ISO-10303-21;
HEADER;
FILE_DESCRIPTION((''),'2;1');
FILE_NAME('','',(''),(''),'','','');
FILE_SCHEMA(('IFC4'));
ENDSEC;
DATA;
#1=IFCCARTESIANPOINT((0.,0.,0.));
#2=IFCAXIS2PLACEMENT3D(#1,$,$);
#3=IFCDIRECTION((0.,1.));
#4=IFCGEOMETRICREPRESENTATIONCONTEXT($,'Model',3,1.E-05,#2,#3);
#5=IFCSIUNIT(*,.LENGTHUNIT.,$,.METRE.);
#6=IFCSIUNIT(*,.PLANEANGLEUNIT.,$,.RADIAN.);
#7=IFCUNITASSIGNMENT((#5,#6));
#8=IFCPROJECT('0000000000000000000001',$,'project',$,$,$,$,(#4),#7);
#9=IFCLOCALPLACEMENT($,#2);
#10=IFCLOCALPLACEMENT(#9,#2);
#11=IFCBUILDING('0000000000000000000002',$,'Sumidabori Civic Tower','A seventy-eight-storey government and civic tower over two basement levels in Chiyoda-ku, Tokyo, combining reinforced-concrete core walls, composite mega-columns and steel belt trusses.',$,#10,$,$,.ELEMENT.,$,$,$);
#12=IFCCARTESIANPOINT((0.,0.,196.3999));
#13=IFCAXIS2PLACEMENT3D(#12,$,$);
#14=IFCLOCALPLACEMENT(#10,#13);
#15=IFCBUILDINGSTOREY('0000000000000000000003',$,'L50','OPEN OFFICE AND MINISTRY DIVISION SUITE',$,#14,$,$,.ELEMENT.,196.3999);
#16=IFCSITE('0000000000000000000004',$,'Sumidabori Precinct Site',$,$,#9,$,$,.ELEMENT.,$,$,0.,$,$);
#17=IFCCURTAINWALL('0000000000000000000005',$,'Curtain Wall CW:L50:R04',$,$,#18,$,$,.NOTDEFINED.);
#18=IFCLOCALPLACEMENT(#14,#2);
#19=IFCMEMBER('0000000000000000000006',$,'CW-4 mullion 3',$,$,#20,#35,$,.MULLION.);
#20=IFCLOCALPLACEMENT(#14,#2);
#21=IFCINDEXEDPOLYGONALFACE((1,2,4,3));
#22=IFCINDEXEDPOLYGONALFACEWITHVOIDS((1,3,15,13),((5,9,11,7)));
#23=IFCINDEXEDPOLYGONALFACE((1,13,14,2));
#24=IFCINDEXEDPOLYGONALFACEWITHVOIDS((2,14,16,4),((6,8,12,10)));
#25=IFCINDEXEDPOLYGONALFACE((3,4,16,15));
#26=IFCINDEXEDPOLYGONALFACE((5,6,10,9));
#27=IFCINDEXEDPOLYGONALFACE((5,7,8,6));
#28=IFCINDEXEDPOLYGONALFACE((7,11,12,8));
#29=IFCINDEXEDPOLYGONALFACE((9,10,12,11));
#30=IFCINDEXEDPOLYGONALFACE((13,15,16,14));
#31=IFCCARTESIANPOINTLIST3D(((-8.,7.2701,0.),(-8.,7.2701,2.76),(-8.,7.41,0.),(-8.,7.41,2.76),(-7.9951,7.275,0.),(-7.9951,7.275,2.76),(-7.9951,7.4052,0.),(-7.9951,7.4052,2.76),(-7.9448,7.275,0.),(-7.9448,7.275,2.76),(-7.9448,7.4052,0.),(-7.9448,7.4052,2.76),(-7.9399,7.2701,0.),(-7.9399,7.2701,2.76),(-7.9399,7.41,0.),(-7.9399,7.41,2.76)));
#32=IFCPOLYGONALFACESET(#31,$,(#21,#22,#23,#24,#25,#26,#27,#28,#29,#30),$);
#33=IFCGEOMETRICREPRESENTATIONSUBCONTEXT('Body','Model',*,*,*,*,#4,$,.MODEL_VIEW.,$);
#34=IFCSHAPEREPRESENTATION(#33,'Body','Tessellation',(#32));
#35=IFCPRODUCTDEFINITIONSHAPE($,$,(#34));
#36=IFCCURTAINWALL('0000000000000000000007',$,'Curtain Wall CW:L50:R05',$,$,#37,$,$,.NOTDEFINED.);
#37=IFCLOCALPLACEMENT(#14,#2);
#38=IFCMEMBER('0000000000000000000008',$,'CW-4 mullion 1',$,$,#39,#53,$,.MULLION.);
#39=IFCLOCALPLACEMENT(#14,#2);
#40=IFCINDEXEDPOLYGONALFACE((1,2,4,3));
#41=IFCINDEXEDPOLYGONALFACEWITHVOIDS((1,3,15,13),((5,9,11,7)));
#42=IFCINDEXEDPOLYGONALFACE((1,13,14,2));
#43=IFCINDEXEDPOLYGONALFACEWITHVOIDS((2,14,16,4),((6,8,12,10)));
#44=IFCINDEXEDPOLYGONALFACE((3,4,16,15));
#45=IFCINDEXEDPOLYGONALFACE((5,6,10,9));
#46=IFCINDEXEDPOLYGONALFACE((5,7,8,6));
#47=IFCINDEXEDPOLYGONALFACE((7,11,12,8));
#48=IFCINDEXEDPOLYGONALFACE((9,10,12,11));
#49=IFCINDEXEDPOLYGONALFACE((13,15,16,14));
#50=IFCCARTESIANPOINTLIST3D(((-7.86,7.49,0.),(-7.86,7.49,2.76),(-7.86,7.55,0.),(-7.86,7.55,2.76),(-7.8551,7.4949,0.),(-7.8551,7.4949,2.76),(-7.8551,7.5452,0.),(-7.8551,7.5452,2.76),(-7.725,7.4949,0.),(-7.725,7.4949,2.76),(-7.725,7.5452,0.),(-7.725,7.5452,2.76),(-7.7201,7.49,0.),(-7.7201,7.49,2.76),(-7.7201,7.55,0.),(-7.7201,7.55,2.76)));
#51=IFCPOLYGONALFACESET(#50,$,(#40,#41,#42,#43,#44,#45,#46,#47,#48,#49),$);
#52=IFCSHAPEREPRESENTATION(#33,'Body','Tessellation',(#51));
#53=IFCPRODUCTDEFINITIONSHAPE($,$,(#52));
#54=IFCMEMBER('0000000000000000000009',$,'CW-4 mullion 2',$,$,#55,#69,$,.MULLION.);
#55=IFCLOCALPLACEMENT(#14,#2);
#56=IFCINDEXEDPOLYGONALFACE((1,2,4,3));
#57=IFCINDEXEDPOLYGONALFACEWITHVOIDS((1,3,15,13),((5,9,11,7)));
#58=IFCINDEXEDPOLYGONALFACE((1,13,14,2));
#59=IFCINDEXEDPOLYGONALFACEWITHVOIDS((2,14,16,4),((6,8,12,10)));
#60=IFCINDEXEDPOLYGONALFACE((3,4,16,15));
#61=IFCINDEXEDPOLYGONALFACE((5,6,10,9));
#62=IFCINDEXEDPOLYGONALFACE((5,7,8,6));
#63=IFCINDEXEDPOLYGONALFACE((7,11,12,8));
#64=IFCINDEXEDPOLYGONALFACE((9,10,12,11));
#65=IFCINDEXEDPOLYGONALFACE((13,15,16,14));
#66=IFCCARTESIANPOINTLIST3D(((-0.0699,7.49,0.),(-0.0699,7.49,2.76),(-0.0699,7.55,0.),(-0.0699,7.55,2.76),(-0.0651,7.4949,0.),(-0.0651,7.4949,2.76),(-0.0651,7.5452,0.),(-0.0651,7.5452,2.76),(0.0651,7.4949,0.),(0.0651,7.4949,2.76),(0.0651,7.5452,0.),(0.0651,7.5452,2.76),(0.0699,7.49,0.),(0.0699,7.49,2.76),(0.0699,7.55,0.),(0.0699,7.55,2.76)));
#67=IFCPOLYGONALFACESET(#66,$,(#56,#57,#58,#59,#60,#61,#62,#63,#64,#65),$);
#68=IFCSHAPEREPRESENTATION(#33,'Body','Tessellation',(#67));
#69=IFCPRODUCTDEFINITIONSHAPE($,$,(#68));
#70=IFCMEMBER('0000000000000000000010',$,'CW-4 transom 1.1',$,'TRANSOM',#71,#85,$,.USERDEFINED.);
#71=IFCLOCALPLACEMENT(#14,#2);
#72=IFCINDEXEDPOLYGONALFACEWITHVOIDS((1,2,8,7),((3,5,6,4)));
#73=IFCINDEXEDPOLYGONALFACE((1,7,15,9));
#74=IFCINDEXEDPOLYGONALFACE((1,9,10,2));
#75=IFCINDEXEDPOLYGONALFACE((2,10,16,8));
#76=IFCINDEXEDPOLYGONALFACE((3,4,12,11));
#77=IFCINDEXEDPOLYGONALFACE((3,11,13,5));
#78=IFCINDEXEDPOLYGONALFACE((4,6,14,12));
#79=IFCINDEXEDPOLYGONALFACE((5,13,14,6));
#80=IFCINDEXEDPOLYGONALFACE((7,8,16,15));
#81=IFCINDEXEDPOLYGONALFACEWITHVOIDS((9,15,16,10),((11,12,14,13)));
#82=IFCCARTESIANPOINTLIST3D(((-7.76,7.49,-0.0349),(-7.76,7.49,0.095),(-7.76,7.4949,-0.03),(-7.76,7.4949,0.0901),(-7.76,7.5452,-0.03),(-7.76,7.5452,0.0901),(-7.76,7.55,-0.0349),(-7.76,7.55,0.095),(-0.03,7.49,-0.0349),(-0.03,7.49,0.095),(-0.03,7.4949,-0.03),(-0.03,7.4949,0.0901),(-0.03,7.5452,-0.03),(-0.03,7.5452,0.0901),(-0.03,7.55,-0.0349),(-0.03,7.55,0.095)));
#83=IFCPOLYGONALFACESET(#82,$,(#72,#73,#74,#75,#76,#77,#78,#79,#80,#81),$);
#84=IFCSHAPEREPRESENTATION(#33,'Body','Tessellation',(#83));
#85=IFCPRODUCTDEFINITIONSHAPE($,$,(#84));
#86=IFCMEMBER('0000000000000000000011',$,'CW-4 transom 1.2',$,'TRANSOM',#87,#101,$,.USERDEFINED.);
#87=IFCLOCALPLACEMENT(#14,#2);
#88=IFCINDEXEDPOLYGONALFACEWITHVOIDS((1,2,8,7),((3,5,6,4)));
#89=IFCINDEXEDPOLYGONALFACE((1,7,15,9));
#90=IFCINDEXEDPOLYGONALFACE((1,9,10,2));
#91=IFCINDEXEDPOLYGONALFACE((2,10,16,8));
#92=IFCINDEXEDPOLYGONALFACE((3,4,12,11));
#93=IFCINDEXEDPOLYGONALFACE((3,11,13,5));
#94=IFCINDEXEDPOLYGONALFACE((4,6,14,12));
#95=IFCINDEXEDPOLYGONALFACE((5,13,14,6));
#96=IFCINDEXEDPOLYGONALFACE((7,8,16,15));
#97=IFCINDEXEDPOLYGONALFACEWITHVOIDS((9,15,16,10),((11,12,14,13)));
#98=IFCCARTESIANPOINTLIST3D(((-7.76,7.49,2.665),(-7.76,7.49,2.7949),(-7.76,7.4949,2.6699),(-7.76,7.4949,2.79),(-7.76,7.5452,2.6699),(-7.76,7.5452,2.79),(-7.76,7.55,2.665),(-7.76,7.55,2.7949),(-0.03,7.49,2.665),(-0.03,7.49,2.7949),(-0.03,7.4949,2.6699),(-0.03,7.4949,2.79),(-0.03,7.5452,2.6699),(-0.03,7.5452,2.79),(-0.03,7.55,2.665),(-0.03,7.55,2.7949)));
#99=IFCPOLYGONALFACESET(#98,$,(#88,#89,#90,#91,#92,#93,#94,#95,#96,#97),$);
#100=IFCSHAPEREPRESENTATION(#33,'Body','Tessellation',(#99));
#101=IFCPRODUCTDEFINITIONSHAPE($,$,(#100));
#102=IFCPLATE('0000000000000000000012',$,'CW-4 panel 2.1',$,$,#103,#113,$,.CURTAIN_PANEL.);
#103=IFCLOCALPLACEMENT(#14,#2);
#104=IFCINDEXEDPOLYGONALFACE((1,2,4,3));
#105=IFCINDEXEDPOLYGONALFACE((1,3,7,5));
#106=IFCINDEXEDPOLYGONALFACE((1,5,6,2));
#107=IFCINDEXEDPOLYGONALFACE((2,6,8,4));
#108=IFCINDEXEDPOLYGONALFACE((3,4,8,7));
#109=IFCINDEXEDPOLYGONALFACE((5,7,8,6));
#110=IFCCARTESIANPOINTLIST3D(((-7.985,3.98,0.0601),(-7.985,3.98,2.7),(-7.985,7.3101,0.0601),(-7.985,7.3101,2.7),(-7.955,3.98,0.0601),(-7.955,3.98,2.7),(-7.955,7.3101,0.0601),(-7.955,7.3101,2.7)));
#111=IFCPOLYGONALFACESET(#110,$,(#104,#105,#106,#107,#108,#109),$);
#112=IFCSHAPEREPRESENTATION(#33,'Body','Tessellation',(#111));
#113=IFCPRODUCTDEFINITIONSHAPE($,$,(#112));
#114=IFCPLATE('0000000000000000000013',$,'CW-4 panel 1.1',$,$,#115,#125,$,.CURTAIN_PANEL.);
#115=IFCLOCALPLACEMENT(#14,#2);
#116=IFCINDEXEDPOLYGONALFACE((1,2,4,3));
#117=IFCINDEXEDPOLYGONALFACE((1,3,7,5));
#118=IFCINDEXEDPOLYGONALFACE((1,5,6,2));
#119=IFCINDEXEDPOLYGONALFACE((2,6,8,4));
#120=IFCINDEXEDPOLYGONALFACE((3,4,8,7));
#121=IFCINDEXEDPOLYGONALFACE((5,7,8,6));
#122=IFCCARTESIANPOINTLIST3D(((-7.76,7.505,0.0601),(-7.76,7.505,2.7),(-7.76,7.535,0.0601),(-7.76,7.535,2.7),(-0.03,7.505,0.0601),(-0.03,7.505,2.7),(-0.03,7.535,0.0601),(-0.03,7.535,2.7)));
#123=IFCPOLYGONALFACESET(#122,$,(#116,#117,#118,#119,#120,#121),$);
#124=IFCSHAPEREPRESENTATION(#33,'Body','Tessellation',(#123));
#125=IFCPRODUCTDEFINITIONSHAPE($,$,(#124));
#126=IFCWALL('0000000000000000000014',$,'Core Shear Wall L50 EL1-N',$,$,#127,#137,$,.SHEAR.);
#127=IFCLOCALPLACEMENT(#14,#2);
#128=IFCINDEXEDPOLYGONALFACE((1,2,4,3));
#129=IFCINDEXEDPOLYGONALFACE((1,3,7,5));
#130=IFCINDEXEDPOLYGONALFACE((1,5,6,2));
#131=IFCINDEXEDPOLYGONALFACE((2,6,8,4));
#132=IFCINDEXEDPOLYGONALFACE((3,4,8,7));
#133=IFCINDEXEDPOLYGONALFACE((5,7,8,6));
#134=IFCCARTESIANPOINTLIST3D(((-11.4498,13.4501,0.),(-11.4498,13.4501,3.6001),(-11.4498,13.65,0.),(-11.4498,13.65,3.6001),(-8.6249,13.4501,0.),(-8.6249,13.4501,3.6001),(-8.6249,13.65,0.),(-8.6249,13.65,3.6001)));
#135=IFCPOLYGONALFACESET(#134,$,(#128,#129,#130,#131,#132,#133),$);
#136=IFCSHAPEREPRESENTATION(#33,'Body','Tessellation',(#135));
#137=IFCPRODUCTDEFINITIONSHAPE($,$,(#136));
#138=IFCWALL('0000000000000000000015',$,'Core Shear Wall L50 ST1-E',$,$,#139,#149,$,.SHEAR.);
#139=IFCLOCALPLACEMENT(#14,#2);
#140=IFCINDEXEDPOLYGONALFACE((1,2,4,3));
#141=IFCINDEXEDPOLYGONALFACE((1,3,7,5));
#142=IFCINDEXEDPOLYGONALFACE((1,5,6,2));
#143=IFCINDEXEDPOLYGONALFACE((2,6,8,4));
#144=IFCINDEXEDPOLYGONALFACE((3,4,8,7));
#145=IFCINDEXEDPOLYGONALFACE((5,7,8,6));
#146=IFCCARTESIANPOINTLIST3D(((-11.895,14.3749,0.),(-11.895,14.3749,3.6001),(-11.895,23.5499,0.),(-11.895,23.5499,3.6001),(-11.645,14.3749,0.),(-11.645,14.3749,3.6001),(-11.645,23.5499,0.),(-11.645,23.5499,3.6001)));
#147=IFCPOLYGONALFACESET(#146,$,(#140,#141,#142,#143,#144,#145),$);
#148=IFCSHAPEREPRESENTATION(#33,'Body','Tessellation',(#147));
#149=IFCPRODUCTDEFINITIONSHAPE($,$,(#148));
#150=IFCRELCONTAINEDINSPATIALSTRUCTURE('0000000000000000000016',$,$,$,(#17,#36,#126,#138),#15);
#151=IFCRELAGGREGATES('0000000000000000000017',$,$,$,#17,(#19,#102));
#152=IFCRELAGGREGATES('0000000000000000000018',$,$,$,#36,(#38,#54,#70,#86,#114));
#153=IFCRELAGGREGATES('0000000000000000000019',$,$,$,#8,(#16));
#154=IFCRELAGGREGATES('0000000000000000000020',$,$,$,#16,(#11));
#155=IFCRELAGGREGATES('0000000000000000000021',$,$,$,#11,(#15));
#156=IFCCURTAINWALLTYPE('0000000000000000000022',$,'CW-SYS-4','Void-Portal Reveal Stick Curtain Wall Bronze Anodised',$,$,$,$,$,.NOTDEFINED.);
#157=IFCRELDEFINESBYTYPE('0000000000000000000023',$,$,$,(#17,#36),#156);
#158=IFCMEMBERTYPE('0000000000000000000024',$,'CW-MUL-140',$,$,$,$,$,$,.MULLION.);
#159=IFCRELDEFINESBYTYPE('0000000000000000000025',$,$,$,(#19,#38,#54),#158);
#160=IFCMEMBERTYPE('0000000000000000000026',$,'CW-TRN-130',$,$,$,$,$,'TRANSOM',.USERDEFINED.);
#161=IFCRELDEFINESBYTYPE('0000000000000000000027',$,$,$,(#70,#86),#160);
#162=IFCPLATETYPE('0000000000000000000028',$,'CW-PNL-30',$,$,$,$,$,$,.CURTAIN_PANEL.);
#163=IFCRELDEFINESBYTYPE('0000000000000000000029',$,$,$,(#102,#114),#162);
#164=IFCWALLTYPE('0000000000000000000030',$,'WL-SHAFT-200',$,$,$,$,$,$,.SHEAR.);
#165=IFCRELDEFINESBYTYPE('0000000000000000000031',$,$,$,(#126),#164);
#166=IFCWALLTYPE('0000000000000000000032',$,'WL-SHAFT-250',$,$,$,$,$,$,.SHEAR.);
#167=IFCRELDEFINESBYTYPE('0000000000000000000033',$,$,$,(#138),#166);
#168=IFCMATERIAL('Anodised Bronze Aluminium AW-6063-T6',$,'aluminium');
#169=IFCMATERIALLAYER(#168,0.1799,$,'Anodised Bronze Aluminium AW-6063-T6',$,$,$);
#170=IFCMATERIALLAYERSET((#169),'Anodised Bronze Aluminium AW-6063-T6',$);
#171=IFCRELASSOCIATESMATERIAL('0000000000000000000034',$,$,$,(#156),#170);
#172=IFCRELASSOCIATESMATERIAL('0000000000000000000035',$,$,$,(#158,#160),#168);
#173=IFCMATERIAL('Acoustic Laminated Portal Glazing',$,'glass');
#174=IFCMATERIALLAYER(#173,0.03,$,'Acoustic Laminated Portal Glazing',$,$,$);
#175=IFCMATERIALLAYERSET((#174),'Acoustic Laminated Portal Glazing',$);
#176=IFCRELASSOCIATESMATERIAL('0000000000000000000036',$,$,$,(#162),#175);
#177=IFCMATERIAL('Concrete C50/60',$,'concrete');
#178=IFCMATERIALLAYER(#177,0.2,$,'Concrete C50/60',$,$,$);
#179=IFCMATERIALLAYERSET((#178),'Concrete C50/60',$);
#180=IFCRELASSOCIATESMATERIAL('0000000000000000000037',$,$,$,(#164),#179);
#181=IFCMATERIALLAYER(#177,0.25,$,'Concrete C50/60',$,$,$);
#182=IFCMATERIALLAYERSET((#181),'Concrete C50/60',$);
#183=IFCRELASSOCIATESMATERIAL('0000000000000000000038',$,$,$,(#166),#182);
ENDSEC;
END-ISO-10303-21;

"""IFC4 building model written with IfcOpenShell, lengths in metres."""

from ifc_helpers import new_model, si_unit, direction, frame, frame_2d, origin, origin_2d, place, context, subcontext, project, spatial, rectangle, hollow_rectangle, extrude, source, transform, mapped, material, layer, layer_set, material_profile, profile_set, type_object, element, aggregate, save


model = new_model("IFC4")

# Units and contexts
model_context = context("Model", 3, precision=1e-05, world=origin(), true_north=direction((0.0, 1.0)))
body_context = subcontext(model_context, "Body", "Model", "MODEL_VIEW")
ifc_project = project(units=[si_unit("LENGTHUNIT", "METRE"), si_unit("PLANEANGLEUNIT", "RADIAN")], contexts=[model_context])

# Site, building, storey
site_placement = place(None, origin())
site = spatial("IfcSite", under=ifc_project, at=site_placement, Name="Sumidabori Precinct Site", CompositionType="ELEMENT", RefElevation=0.0)
building_placement = place(site_placement, origin())
building = spatial("IfcBuilding", under=site, at=building_placement, Name="Sumidabori Civic Tower", Description="A seventy-eight-storey government and civic tower over two basement levels in Chiyoda-ku, Tokyo, combining reinforced-concrete core walls, composite mega-columns and steel belt trusses.", CompositionType="ELEMENT")
storey_placement = place(building_placement, frame((0.0, 0.0, 196.3999)))
storey = spatial("IfcBuildingStorey", under=building, at=storey_placement, Name="L50", Description="OPEN OFFICE AND MINISTRY DIVISION SUITE", CompositionType="ELEMENT", Elevation=196.3999)

# Curtain wall, member
ifc_material_1 = material(Name="Anodised Bronze Aluminium AW-6063-T6", Category="aluminium")
ifc_layer_1 = layer(ifc_material_1, 0.1799, Name="Anodised Bronze Aluminium AW-6063-T6")
ifc_layer_set_1 = layer_set([ifc_layer_1], Name="Anodised Bronze Aluminium AW-6063-T6")
curtain_wall_type = type_object("IfcCurtainWallType", Name="CW-SYS-4", Description="Void-Portal Reveal Stick Curtain Wall Bronze Anodised", PredefinedType="NOTDEFINED", material=ifc_layer_set_1)
curtain_wall_1_placement = place(storey_placement, origin())
curtain_wall_1 = element("IfcCurtainWall", 1, at=curtain_wall_1_placement, inside=storey, type_object=curtain_wall_type, Name="Curtain Wall CW:L50:R04", PredefinedType="NOTDEFINED")
ifc_material_profile_1 = material_profile(ifc_material_1, hollow_rectangle(XDim=0.0601, YDim=0.1399, WallThickness=0.0049, at=origin_2d()), Name="ALU MULLION 140x60")
ifc_profile_set_1 = profile_set([ifc_material_profile_1], Name="Anodised Bronze Aluminium AW-6063-T6")
member_type_1 = type_object("IfcMemberType", Name="CW-MUL-140", PredefinedType="MULLION", material=ifc_profile_set_1)
shared_shape_1 = source(origin(), body_context, "Body", "SweptSolid", [
    extrude(hollow_rectangle(XDim=0.0601, YDim=0.1399, WallThickness=0.0049, at=origin_2d()), origin(), (0.0, 0.0, 1.0), 2.76),
])
member_1_placement = place(storey_placement, frame((-7.97, 7.3401, 0.0), z_axis=(0.0, 0.0, 1.0), x_axis=(-1.0, 0.0, 0.0)))
member_1 = element("IfcMember", 2, at=member_1_placement, type_object=member_type_1, Name="CW-4 mullion 3", PredefinedType="MULLION", context=body_context, shape_type="MappedRepresentation", body=[
    mapped(shared_shape_1, transform((0.0, 0.0, 0.0), x_axis=(1.0, 0.0, 0.0), y_axis=(0.0, 1.0, 0.0), z_axis=(0.0, 0.0, 1.0), scale=1.0)),
])

# Curtain wall, members
curtain_wall_2_placement = place(storey_placement, origin())
curtain_wall_2 = element("IfcCurtainWall", 3, at=curtain_wall_2_placement, inside=storey, type_object=curtain_wall_type, Name="Curtain Wall CW:L50:R05", PredefinedType="NOTDEFINED")
member_2_placement = place(storey_placement, frame((-7.79, 7.52, 0.0), z_axis=(0.0, 0.0, 1.0), x_axis=(0.0, 1.0, 0.0)))
member_2 = element("IfcMember", 4, at=member_2_placement, type_object=member_type_1, Name="CW-4 mullion 1", PredefinedType="MULLION", context=body_context, shape_type="MappedRepresentation", body=[
    mapped(shared_shape_1, transform((0.0, 0.0, 0.0), x_axis=(1.0, 0.0, 0.0), y_axis=(0.0, 1.0, 0.0), z_axis=(0.0, 0.0, 1.0), scale=1.0)),
])
member_3_placement = place(storey_placement, frame((0.0, 7.52, 0.0), z_axis=(0.0, 0.0, 1.0), x_axis=(0.0, 1.0, 0.0)))
member_3 = element("IfcMember", 5, at=member_3_placement, type_object=member_type_1, Name="CW-4 mullion 2", PredefinedType="MULLION", context=body_context, shape_type="MappedRepresentation", body=[
    mapped(shared_shape_1, transform((0.0, 0.0, 0.0), x_axis=(1.0, 0.0, 0.0), y_axis=(0.0, 1.0, 0.0), z_axis=(0.0, 0.0, 1.0), scale=1.0)),
])
ifc_material_profile_2 = material_profile(ifc_material_1, hollow_rectangle(XDim=0.0601, YDim=0.1299, WallThickness=0.0049, at=origin_2d()), Name="ALU TRANSOM 130x60")
ifc_profile_set_2 = profile_set([ifc_material_profile_2], Name="Anodised Bronze Aluminium AW-6063-T6")
member_type_2 = type_object("IfcMemberType", Name="CW-TRN-130", ElementType="TRANSOM", PredefinedType="USERDEFINED", material=ifc_profile_set_2)
shared_shape_2 = source(origin(), body_context, "Body", "SweptSolid", [
    extrude(hollow_rectangle(XDim=0.0601, YDim=0.1299, WallThickness=0.0049, at=origin_2d()), origin(), (0.0, 0.0, 1.0), 7.73),
])
member_4_placement = place(storey_placement, frame((-7.76, 7.52, 0.03), z_axis=(1.0, 0.0, 0.0), x_axis=(0.0, 1.0, 0.0)))
member_4 = element("IfcMember", 6, at=member_4_placement, type_object=member_type_2, Name="CW-4 transom 1.1", ObjectType="TRANSOM", PredefinedType="USERDEFINED", context=body_context, shape_type="MappedRepresentation", body=[
    mapped(shared_shape_2, transform((0.0, 0.0, 0.0), x_axis=(1.0, 0.0, 0.0), y_axis=(0.0, 1.0, 0.0), z_axis=(0.0, 0.0, 1.0), scale=1.0)),
])
member_5_placement = place(storey_placement, frame((-7.76, 7.52, 2.73), z_axis=(1.0, 0.0, 0.0), x_axis=(0.0, 1.0, 0.0)))
member_5 = element("IfcMember", 7, at=member_5_placement, type_object=member_type_2, Name="CW-4 transom 1.2", ObjectType="TRANSOM", PredefinedType="USERDEFINED", context=body_context, shape_type="MappedRepresentation", body=[
    mapped(shared_shape_2, transform((0.0, 0.0, 0.0), x_axis=(1.0, 0.0, 0.0), y_axis=(0.0, 1.0, 0.0), z_axis=(0.0, 0.0, 1.0), scale=1.0)),
])

# Plates
ifc_material_2 = material(Name="Acoustic Laminated Portal Glazing", Category="glass")
ifc_layer_2 = layer(ifc_material_2, 0.03, Name="Acoustic Laminated Portal Glazing")
ifc_layer_set_2 = layer_set([ifc_layer_2], Name="Acoustic Laminated Portal Glazing")
plate_type = type_object("IfcPlateType", Name="CW-PNL-30", PredefinedType="CURTAIN_PANEL", material=ifc_layer_set_2)
shared_shape_3 = source(origin(), body_context, "Body", "SweptSolid", [
    extrude(rectangle(XDim=3.3301, YDim=0.03, at=origin_2d()), origin(), (0.0, 0.0, 1.0), 2.6399),
])
plate_1_placement = place(storey_placement, frame((-7.97, 5.645, 0.0601), z_axis=(0.0, 0.0, 1.0), x_axis=(0.0, 1.0, 0.0)))
plate_1 = element("IfcPlate", 8, at=plate_1_placement, type_object=plate_type, Name="CW-4 panel 2.1", PredefinedType="CURTAIN_PANEL", context=body_context, shape_type="MappedRepresentation", body=[
    mapped(shared_shape_3, transform((0.0, 0.0, 0.0), x_axis=(1.0, 0.0, 0.0), y_axis=(0.0, 1.0, 0.0), z_axis=(0.0, 0.0, 1.0), scale=1.0)),
])
aggregate(curtain_wall_1, [member_1, plate_1])
shared_shape_4 = source(origin(), body_context, "Body", "SweptSolid", [
    extrude(rectangle(XDim=7.73, YDim=0.03, at=origin_2d()), origin(), (0.0, 0.0, 1.0), 2.6399),
])
plate_2_placement = place(storey_placement, frame((-3.895, 7.52, 0.0601), z_axis=(0.0, 0.0, 1.0), x_axis=(1.0, 0.0, 0.0)))
plate_2 = element("IfcPlate", 9, at=plate_2_placement, type_object=plate_type, Name="CW-4 panel 1.1", PredefinedType="CURTAIN_PANEL", context=body_context, shape_type="MappedRepresentation", body=[
    mapped(shared_shape_4, transform((0.0, 0.0, 0.0), x_axis=(1.0, 0.0, 0.0), y_axis=(0.0, 1.0, 0.0), z_axis=(0.0, 0.0, 1.0), scale=1.0)),
])
aggregate(curtain_wall_2, [member_2, member_3, member_4, member_5, plate_2])

# Wall
ifc_material_3 = material(Name="Concrete C50/60", Category="concrete")
ifc_layer_3 = layer(ifc_material_3, 0.2, Name="Concrete C50/60")
ifc_layer_set_3 = layer_set([ifc_layer_3], Name="Concrete C50/60")
wall_type_1 = type_object("IfcWallType", Name="WL-SHAFT-200", PredefinedType="SHEAR", material=ifc_layer_set_3)
shared_shape_5 = source(origin(), body_context, "Body", "SweptSolid", [
    extrude(rectangle(XDim=2.825, YDim=0.2, at=frame_2d((1.4126, 0.0))), origin(), (0.0, 0.0, 1.0), 3.6001),
])
wall_1_placement = place(storey_placement, frame((-11.45, 13.55, 0.0), z_axis=(0.0, 0.0, 1.0), x_axis=(1.0, 0.0, 0.0)))
element("IfcWall", 10, at=wall_1_placement, inside=storey, type_object=wall_type_1, Name="Core Shear Wall L50 EL1-N", PredefinedType="SHEAR", context=body_context, shape_type="MappedRepresentation", body=[
    mapped(shared_shape_5, transform((0.0, 0.0, 0.0), x_axis=(1.0, 0.0, 0.0), y_axis=(0.0, 1.0, 0.0), z_axis=(0.0, 0.0, 1.0), scale=1.0)),
])

# Shared definitions
ifc_layer_4 = layer(ifc_material_3, 0.25, Name="Concrete C50/60")
ifc_layer_set_4 = layer_set([ifc_layer_4], Name="Concrete C50/60")
wall_type_2 = type_object("IfcWallType", Name="WL-SHAFT-250", PredefinedType="SHEAR", material=ifc_layer_set_4)

# Wall
shared_shape_6 = source(origin(), body_context, "Body", "SweptSolid", [
    extrude(rectangle(XDim=9.175, YDim=0.25, at=frame_2d((4.5874, 0.0))), origin(), (0.0, 0.0, 1.0), 3.6001),
])
wall_2_placement = place(storey_placement, frame((-11.77, 14.375, 0.0), z_axis=(0.0, 0.0, 1.0), x_axis=(0.0, 1.0, 0.0)))
element("IfcWall", 11, at=wall_2_placement, inside=storey, type_object=wall_type_2, Name="Core Shear Wall L50 ST1-E", PredefinedType="SHEAR", context=body_context, shape_type="MappedRepresentation", body=[
    mapped(shared_shape_6, transform((0.0, 0.0, 0.0), x_axis=(1.0, 0.0, 0.0), y_axis=(0.0, 1.0, 0.0), z_axis=(0.0, 0.0, 1.0), scale=1.0)),
])

save(model, "model.ifc")
